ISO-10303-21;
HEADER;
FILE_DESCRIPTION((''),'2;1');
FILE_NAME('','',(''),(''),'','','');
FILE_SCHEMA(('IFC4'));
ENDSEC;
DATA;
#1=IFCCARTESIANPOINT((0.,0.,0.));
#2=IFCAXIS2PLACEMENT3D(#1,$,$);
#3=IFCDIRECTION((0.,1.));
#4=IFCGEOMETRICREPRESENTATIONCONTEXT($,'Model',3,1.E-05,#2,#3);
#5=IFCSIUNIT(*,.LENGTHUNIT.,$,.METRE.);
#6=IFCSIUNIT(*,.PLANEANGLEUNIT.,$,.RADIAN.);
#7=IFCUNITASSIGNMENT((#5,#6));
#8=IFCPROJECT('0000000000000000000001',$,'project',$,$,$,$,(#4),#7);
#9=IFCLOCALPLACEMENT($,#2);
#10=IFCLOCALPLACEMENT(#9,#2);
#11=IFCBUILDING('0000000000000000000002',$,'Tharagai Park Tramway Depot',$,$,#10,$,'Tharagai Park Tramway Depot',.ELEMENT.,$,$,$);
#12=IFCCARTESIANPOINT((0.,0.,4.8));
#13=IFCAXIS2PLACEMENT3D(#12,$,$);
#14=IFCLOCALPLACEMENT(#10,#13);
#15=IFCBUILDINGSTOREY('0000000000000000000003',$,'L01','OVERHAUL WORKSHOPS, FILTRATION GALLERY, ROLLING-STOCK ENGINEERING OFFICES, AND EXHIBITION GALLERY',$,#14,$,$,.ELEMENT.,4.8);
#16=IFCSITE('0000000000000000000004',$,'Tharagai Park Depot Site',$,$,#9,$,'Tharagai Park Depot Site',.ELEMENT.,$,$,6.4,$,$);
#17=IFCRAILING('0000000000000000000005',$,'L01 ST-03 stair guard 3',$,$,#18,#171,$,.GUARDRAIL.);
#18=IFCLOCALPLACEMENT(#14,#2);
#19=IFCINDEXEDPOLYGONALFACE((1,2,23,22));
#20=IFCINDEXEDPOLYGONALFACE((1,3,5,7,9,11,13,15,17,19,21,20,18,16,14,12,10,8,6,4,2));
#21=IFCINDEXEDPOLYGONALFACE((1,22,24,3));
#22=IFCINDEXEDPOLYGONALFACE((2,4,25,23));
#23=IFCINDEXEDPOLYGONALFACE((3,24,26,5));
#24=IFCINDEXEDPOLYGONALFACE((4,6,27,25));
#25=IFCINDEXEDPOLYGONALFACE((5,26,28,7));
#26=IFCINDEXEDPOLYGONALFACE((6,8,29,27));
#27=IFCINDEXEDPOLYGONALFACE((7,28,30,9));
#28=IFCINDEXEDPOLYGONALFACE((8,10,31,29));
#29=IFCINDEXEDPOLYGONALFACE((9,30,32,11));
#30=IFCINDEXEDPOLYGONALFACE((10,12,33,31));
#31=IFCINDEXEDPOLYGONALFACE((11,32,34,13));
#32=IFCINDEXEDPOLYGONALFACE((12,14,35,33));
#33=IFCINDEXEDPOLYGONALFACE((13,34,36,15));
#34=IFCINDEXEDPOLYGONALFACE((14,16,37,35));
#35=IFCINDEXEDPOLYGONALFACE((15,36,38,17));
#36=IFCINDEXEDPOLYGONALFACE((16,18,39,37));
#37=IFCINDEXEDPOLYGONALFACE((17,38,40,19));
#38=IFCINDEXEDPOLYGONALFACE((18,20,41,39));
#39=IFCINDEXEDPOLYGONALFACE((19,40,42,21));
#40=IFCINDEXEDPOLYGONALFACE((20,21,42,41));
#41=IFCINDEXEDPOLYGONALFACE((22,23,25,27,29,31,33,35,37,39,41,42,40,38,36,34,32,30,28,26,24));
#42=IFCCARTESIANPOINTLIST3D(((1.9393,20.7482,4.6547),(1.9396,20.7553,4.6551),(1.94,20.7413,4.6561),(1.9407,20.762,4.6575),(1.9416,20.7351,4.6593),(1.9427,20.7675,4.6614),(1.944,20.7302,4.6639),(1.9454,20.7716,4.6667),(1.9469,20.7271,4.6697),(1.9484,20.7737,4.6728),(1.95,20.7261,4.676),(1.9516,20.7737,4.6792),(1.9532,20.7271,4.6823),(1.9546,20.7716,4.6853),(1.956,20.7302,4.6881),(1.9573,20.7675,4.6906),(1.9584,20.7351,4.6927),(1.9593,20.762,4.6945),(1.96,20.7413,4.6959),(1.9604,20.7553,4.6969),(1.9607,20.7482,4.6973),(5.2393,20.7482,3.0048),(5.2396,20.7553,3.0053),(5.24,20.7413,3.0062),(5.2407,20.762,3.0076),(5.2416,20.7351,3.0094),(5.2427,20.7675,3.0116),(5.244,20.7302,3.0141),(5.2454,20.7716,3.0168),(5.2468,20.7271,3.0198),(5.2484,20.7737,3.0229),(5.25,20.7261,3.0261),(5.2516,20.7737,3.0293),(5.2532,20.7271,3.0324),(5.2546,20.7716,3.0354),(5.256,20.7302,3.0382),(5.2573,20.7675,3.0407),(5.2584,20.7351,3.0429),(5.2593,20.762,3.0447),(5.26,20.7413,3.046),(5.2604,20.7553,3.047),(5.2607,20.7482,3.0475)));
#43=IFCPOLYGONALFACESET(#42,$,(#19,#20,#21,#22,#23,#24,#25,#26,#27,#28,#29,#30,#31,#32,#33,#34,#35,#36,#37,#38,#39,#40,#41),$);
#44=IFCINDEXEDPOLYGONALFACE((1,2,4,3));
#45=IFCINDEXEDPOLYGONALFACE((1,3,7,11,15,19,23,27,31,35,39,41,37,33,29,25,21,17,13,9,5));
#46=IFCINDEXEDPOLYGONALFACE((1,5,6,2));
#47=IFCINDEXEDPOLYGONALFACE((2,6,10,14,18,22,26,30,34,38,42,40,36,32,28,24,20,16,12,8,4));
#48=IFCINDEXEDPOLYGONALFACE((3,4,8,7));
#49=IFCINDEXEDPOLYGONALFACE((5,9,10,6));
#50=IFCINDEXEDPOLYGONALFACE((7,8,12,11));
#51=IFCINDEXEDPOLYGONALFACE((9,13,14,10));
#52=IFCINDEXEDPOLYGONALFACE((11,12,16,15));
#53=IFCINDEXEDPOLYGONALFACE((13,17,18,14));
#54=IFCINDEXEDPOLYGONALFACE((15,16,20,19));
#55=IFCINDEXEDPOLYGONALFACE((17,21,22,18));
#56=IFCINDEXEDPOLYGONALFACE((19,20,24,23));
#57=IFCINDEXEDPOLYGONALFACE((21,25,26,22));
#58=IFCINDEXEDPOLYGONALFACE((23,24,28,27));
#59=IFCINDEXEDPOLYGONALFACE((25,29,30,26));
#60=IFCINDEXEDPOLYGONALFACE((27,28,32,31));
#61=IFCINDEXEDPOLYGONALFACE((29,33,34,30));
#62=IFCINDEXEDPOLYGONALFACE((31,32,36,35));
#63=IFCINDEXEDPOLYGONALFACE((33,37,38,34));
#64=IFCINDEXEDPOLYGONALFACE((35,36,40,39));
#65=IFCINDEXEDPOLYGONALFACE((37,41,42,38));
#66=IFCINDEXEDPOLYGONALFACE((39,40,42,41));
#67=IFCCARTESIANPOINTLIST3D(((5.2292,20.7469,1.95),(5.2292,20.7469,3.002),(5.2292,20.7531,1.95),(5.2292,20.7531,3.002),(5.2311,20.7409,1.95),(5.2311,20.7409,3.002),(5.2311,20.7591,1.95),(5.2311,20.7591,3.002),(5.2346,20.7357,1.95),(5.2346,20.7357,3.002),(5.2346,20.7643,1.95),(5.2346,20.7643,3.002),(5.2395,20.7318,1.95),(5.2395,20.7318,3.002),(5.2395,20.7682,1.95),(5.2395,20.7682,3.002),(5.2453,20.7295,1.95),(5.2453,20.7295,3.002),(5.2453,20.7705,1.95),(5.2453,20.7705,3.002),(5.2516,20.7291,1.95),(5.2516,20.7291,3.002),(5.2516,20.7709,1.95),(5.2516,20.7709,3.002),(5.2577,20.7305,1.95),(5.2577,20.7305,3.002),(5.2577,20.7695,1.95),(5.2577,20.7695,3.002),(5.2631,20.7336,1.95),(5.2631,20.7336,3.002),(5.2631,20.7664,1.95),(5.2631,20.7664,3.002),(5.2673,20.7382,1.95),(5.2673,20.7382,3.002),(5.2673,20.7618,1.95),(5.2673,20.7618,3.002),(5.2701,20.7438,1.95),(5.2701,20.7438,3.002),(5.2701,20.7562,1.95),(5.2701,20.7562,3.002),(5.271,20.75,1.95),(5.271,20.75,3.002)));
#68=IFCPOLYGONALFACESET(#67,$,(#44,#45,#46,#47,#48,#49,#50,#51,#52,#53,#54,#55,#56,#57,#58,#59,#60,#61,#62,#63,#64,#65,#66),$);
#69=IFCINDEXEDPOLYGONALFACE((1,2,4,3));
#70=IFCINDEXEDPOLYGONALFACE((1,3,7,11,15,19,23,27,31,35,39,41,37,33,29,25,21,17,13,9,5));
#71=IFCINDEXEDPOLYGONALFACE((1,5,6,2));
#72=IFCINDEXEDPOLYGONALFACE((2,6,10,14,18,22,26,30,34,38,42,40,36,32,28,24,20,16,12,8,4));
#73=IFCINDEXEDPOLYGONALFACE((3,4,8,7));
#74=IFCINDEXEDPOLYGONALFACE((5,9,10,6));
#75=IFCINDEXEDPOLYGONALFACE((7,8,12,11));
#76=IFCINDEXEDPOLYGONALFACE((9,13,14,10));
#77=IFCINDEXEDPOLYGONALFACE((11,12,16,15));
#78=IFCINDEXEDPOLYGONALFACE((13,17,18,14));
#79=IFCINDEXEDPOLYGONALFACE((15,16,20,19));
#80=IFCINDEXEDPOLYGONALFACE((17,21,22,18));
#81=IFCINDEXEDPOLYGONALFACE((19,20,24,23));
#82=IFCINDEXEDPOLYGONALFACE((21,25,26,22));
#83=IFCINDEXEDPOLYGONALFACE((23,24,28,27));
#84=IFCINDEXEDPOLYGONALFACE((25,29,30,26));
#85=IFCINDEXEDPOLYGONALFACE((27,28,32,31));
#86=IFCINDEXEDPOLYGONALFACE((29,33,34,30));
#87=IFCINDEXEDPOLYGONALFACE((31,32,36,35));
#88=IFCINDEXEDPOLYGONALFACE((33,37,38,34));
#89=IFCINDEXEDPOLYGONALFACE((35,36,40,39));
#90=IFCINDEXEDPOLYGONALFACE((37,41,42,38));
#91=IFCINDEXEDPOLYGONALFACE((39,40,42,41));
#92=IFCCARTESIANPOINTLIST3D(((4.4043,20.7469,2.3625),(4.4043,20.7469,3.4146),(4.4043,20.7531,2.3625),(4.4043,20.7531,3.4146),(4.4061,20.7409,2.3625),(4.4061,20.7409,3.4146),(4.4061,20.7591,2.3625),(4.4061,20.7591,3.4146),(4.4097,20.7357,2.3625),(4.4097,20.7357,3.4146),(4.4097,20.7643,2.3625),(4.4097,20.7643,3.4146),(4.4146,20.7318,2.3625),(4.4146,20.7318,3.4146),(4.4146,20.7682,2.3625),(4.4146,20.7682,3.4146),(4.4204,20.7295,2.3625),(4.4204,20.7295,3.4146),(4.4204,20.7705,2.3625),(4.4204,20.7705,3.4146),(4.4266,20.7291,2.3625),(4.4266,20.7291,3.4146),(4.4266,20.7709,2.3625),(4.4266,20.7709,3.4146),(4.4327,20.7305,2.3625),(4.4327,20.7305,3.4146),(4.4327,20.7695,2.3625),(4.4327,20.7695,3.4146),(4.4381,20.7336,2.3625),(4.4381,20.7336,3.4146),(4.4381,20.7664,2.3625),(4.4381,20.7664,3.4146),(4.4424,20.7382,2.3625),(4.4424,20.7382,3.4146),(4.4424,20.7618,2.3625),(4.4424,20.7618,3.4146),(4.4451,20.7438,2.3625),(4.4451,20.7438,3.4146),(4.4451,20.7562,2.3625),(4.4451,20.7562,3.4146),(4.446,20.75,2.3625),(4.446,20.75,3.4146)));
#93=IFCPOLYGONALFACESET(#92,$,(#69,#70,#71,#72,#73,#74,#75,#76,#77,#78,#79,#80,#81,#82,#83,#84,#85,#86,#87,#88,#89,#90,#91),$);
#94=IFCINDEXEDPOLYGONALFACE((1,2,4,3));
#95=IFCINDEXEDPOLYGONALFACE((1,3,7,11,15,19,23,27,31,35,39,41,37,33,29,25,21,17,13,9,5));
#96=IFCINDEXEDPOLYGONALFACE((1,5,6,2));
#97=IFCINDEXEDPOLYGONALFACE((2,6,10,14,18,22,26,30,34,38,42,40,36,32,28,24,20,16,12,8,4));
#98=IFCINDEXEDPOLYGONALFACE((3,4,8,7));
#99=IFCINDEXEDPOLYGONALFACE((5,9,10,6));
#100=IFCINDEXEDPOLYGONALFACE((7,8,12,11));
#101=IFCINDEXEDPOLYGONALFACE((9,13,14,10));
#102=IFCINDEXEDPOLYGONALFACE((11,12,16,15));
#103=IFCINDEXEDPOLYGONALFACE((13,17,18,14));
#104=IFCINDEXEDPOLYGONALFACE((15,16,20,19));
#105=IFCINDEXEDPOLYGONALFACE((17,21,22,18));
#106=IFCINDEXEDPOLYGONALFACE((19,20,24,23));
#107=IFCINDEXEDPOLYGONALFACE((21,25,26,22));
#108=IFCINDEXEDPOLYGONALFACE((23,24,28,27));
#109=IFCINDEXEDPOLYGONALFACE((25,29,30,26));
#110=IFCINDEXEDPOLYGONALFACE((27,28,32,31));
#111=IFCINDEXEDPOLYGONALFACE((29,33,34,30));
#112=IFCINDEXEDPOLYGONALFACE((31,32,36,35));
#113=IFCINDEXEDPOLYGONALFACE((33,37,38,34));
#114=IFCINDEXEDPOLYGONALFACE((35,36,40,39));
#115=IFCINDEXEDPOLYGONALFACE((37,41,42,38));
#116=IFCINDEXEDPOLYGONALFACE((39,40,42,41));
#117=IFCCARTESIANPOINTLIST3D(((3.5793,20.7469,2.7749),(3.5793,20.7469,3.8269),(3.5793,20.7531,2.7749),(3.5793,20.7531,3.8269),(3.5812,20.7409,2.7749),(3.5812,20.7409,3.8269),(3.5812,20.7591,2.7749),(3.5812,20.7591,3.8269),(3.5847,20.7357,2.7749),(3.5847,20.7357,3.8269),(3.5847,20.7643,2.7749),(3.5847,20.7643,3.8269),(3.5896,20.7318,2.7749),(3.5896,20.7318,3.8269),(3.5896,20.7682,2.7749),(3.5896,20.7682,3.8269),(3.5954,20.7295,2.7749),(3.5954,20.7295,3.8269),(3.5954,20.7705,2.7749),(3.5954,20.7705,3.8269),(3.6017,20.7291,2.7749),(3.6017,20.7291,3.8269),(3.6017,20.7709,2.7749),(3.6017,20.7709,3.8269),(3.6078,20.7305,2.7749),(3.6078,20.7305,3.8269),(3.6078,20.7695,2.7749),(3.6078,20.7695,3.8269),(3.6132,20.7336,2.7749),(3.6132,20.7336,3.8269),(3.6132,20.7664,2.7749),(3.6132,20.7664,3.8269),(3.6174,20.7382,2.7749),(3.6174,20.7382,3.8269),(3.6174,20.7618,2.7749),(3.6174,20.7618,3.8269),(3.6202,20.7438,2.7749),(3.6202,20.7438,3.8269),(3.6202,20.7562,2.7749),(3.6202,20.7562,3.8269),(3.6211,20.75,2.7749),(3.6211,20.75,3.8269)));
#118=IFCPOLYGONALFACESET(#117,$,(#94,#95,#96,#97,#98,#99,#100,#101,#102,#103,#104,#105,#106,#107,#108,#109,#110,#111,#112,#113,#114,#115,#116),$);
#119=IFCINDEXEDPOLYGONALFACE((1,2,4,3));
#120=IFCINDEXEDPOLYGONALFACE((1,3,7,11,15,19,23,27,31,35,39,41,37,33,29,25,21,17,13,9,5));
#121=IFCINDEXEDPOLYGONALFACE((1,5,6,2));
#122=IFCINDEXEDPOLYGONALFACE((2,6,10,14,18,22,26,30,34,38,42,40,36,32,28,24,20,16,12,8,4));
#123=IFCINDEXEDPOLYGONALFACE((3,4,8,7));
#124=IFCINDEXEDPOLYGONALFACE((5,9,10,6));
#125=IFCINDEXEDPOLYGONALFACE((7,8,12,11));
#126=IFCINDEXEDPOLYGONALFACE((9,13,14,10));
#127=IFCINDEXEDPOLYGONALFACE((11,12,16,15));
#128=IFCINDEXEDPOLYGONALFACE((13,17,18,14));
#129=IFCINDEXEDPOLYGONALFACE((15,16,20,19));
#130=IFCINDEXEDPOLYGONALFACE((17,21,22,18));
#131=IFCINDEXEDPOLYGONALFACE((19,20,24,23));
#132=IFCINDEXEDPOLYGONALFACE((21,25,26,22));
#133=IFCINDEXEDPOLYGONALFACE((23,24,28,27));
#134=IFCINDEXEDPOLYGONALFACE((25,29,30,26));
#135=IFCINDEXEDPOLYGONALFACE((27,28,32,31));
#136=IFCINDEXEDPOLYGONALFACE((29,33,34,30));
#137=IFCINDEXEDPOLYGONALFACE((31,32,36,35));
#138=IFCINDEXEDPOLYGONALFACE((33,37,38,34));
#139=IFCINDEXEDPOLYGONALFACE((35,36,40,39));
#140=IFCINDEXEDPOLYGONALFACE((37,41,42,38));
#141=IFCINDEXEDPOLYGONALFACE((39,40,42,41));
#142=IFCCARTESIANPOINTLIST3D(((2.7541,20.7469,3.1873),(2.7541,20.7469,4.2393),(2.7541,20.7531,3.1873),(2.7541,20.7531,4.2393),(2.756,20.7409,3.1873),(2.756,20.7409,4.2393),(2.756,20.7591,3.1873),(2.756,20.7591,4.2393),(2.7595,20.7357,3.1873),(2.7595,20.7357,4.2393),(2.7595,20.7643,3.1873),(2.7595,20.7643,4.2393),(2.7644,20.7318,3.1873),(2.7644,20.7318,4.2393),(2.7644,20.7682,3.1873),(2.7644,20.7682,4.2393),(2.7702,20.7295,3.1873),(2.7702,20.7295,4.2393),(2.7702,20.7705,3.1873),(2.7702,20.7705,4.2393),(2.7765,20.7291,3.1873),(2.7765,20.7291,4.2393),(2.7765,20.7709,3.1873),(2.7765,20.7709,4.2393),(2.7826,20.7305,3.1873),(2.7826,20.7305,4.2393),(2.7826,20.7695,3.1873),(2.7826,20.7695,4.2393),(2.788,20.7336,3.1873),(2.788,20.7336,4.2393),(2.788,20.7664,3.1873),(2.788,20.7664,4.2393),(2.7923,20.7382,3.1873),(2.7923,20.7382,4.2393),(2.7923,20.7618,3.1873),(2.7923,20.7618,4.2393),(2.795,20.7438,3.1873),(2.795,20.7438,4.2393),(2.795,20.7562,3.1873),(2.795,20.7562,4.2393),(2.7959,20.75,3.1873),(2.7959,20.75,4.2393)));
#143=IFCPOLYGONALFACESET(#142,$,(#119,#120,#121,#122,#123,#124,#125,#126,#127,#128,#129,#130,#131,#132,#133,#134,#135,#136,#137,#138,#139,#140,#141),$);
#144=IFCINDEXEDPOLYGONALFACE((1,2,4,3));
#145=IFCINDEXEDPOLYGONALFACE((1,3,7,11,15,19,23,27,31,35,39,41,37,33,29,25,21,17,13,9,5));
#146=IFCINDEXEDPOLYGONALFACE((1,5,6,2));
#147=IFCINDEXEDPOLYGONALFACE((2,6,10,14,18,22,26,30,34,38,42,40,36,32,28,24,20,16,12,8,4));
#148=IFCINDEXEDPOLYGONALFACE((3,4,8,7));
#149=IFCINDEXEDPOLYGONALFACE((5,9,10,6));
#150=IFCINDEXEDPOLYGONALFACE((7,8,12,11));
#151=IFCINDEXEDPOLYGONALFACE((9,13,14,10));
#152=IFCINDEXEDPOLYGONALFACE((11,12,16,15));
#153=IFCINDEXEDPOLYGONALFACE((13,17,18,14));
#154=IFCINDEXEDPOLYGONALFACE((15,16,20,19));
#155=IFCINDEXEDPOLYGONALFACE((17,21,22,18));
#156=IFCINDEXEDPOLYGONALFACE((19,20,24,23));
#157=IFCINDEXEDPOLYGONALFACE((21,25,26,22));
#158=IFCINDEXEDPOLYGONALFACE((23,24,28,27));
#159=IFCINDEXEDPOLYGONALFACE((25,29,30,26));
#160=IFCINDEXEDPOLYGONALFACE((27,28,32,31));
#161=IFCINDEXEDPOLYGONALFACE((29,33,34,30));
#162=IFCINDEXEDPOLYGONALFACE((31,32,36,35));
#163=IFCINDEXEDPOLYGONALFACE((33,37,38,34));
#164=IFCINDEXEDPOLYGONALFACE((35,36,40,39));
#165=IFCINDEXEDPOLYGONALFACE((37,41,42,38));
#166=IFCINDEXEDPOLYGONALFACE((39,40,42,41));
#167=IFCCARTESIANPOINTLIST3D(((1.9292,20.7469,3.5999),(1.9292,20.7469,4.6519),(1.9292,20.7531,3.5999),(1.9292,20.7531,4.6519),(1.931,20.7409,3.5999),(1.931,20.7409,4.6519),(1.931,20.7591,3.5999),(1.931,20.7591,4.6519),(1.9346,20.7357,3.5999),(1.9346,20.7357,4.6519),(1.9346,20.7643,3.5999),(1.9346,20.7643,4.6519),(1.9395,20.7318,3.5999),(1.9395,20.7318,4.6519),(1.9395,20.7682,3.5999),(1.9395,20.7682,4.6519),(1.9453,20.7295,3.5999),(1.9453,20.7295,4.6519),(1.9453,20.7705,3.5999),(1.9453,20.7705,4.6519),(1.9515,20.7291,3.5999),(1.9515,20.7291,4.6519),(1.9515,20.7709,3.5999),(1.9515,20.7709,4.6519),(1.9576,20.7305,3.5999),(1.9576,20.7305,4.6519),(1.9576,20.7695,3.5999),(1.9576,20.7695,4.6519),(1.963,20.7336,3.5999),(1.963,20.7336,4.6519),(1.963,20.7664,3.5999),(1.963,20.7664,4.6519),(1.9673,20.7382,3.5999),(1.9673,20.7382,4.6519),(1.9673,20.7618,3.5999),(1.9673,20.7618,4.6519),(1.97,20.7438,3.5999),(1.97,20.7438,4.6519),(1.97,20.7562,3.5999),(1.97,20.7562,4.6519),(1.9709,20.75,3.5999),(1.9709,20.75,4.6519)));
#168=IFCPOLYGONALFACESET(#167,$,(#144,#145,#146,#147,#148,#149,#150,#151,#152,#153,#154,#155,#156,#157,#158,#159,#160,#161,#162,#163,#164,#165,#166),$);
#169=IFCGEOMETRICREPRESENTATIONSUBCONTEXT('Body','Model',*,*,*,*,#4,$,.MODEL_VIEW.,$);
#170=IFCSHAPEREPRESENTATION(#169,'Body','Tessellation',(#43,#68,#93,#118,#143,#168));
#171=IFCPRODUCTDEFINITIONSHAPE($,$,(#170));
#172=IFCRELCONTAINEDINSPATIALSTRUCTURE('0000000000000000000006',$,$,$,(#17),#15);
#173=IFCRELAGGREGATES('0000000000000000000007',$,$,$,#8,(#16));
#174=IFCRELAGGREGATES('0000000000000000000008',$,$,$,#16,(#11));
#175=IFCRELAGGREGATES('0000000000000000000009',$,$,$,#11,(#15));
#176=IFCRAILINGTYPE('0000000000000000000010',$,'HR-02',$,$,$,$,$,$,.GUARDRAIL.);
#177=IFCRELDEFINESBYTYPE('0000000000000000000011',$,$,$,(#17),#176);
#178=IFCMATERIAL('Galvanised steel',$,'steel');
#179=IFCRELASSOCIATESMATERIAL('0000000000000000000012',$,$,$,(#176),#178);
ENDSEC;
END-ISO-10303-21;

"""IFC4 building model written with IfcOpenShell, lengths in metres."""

from ifc_helpers import new_model, si_unit, direction, frame, origin, origin_2d, place, context, subcontext, project, spatial, circle, extrude, material, type_object, element, save


model = new_model("IFC4")

# Units and contexts
model_context = context("Model", 3, precision=1e-05, world=origin(), true_north=direction((0.0, 1.0)))
body_context = subcontext(model_context, "Body", "Model", "MODEL_VIEW")
ifc_project = project(units=[si_unit("LENGTHUNIT", "METRE"), si_unit("PLANEANGLEUNIT", "RADIAN")], contexts=[model_context])

# Site, building, storey
site_placement = place(None, origin())
site = spatial("IfcSite", under=ifc_project, at=site_placement, Name="Tharagai Park Depot Site", LongName="Tharagai Park Depot Site", CompositionType="ELEMENT", RefElevation=6.4)
building_placement = place(site_placement, origin())
building = spatial("IfcBuilding", under=site, at=building_placement, Name="Tharagai Park Tramway Depot", LongName="Tharagai Park Tramway Depot", CompositionType="ELEMENT")
storey_placement = place(building_placement, frame((0.0, 0.0, 4.8)))
storey = spatial("IfcBuildingStorey", under=building, at=storey_placement, Name="L01", Description="OVERHAUL WORKSHOPS, FILTRATION GALLERY, ROLLING-STOCK ENGINEERING OFFICES, AND EXHIBITION GALLERY", CompositionType="ELEMENT", Elevation=4.8)

# Shared definitions
ifc_material_1 = material(Name="Galvanised steel", Category="steel")

# Railing
railing_type_1 = type_object("IfcRailingType", Name="HR-02", PredefinedType="GUARDRAIL", material=ifc_material_1)
railing_1_placement = place(storey_placement, frame((5.25, 20.75, 1.95)))
element("IfcRailing", 1, at=railing_1_placement, inside=storey, type_object=railing_type_1, Name="L01 ST-03 stair guard 3", PredefinedType="GUARDRAIL", context=body_context, shape_type="SweptSolid", body=[
    extrude(circle(Radius=0.0239, at=origin_2d()), frame((0.0, 0.0, 1.0762), z_axis=(-0.89444, 0.0, 0.447187), x_axis=(0.0, -1.0, 0.0)), (0.0, 0.0, 1.0), 3.6895),
    extrude(circle(Radius=0.021, at=origin_2d()), origin(), (0.0, 0.0, 1.0), 1.052),
    extrude(circle(Radius=0.021, at=origin_2d()), frame((-0.825, 0.0, 0.4126)), (0.0, 0.0, 1.0), 1.052),
    extrude(circle(Radius=0.021, at=origin_2d()), frame((-1.6499, 0.0, 0.825)), (0.0, 0.0, 1.0), 1.052),
    extrude(circle(Radius=0.021, at=origin_2d()), frame((-2.4751, 0.0, 1.2373)), (0.0, 0.0, 1.0), 1.052),
    extrude(circle(Radius=0.021, at=origin_2d()), frame((-3.3, 0.0, 1.6499)), (0.0, 0.0, 1.0), 1.052),
])

save(model, "model.ifc")
